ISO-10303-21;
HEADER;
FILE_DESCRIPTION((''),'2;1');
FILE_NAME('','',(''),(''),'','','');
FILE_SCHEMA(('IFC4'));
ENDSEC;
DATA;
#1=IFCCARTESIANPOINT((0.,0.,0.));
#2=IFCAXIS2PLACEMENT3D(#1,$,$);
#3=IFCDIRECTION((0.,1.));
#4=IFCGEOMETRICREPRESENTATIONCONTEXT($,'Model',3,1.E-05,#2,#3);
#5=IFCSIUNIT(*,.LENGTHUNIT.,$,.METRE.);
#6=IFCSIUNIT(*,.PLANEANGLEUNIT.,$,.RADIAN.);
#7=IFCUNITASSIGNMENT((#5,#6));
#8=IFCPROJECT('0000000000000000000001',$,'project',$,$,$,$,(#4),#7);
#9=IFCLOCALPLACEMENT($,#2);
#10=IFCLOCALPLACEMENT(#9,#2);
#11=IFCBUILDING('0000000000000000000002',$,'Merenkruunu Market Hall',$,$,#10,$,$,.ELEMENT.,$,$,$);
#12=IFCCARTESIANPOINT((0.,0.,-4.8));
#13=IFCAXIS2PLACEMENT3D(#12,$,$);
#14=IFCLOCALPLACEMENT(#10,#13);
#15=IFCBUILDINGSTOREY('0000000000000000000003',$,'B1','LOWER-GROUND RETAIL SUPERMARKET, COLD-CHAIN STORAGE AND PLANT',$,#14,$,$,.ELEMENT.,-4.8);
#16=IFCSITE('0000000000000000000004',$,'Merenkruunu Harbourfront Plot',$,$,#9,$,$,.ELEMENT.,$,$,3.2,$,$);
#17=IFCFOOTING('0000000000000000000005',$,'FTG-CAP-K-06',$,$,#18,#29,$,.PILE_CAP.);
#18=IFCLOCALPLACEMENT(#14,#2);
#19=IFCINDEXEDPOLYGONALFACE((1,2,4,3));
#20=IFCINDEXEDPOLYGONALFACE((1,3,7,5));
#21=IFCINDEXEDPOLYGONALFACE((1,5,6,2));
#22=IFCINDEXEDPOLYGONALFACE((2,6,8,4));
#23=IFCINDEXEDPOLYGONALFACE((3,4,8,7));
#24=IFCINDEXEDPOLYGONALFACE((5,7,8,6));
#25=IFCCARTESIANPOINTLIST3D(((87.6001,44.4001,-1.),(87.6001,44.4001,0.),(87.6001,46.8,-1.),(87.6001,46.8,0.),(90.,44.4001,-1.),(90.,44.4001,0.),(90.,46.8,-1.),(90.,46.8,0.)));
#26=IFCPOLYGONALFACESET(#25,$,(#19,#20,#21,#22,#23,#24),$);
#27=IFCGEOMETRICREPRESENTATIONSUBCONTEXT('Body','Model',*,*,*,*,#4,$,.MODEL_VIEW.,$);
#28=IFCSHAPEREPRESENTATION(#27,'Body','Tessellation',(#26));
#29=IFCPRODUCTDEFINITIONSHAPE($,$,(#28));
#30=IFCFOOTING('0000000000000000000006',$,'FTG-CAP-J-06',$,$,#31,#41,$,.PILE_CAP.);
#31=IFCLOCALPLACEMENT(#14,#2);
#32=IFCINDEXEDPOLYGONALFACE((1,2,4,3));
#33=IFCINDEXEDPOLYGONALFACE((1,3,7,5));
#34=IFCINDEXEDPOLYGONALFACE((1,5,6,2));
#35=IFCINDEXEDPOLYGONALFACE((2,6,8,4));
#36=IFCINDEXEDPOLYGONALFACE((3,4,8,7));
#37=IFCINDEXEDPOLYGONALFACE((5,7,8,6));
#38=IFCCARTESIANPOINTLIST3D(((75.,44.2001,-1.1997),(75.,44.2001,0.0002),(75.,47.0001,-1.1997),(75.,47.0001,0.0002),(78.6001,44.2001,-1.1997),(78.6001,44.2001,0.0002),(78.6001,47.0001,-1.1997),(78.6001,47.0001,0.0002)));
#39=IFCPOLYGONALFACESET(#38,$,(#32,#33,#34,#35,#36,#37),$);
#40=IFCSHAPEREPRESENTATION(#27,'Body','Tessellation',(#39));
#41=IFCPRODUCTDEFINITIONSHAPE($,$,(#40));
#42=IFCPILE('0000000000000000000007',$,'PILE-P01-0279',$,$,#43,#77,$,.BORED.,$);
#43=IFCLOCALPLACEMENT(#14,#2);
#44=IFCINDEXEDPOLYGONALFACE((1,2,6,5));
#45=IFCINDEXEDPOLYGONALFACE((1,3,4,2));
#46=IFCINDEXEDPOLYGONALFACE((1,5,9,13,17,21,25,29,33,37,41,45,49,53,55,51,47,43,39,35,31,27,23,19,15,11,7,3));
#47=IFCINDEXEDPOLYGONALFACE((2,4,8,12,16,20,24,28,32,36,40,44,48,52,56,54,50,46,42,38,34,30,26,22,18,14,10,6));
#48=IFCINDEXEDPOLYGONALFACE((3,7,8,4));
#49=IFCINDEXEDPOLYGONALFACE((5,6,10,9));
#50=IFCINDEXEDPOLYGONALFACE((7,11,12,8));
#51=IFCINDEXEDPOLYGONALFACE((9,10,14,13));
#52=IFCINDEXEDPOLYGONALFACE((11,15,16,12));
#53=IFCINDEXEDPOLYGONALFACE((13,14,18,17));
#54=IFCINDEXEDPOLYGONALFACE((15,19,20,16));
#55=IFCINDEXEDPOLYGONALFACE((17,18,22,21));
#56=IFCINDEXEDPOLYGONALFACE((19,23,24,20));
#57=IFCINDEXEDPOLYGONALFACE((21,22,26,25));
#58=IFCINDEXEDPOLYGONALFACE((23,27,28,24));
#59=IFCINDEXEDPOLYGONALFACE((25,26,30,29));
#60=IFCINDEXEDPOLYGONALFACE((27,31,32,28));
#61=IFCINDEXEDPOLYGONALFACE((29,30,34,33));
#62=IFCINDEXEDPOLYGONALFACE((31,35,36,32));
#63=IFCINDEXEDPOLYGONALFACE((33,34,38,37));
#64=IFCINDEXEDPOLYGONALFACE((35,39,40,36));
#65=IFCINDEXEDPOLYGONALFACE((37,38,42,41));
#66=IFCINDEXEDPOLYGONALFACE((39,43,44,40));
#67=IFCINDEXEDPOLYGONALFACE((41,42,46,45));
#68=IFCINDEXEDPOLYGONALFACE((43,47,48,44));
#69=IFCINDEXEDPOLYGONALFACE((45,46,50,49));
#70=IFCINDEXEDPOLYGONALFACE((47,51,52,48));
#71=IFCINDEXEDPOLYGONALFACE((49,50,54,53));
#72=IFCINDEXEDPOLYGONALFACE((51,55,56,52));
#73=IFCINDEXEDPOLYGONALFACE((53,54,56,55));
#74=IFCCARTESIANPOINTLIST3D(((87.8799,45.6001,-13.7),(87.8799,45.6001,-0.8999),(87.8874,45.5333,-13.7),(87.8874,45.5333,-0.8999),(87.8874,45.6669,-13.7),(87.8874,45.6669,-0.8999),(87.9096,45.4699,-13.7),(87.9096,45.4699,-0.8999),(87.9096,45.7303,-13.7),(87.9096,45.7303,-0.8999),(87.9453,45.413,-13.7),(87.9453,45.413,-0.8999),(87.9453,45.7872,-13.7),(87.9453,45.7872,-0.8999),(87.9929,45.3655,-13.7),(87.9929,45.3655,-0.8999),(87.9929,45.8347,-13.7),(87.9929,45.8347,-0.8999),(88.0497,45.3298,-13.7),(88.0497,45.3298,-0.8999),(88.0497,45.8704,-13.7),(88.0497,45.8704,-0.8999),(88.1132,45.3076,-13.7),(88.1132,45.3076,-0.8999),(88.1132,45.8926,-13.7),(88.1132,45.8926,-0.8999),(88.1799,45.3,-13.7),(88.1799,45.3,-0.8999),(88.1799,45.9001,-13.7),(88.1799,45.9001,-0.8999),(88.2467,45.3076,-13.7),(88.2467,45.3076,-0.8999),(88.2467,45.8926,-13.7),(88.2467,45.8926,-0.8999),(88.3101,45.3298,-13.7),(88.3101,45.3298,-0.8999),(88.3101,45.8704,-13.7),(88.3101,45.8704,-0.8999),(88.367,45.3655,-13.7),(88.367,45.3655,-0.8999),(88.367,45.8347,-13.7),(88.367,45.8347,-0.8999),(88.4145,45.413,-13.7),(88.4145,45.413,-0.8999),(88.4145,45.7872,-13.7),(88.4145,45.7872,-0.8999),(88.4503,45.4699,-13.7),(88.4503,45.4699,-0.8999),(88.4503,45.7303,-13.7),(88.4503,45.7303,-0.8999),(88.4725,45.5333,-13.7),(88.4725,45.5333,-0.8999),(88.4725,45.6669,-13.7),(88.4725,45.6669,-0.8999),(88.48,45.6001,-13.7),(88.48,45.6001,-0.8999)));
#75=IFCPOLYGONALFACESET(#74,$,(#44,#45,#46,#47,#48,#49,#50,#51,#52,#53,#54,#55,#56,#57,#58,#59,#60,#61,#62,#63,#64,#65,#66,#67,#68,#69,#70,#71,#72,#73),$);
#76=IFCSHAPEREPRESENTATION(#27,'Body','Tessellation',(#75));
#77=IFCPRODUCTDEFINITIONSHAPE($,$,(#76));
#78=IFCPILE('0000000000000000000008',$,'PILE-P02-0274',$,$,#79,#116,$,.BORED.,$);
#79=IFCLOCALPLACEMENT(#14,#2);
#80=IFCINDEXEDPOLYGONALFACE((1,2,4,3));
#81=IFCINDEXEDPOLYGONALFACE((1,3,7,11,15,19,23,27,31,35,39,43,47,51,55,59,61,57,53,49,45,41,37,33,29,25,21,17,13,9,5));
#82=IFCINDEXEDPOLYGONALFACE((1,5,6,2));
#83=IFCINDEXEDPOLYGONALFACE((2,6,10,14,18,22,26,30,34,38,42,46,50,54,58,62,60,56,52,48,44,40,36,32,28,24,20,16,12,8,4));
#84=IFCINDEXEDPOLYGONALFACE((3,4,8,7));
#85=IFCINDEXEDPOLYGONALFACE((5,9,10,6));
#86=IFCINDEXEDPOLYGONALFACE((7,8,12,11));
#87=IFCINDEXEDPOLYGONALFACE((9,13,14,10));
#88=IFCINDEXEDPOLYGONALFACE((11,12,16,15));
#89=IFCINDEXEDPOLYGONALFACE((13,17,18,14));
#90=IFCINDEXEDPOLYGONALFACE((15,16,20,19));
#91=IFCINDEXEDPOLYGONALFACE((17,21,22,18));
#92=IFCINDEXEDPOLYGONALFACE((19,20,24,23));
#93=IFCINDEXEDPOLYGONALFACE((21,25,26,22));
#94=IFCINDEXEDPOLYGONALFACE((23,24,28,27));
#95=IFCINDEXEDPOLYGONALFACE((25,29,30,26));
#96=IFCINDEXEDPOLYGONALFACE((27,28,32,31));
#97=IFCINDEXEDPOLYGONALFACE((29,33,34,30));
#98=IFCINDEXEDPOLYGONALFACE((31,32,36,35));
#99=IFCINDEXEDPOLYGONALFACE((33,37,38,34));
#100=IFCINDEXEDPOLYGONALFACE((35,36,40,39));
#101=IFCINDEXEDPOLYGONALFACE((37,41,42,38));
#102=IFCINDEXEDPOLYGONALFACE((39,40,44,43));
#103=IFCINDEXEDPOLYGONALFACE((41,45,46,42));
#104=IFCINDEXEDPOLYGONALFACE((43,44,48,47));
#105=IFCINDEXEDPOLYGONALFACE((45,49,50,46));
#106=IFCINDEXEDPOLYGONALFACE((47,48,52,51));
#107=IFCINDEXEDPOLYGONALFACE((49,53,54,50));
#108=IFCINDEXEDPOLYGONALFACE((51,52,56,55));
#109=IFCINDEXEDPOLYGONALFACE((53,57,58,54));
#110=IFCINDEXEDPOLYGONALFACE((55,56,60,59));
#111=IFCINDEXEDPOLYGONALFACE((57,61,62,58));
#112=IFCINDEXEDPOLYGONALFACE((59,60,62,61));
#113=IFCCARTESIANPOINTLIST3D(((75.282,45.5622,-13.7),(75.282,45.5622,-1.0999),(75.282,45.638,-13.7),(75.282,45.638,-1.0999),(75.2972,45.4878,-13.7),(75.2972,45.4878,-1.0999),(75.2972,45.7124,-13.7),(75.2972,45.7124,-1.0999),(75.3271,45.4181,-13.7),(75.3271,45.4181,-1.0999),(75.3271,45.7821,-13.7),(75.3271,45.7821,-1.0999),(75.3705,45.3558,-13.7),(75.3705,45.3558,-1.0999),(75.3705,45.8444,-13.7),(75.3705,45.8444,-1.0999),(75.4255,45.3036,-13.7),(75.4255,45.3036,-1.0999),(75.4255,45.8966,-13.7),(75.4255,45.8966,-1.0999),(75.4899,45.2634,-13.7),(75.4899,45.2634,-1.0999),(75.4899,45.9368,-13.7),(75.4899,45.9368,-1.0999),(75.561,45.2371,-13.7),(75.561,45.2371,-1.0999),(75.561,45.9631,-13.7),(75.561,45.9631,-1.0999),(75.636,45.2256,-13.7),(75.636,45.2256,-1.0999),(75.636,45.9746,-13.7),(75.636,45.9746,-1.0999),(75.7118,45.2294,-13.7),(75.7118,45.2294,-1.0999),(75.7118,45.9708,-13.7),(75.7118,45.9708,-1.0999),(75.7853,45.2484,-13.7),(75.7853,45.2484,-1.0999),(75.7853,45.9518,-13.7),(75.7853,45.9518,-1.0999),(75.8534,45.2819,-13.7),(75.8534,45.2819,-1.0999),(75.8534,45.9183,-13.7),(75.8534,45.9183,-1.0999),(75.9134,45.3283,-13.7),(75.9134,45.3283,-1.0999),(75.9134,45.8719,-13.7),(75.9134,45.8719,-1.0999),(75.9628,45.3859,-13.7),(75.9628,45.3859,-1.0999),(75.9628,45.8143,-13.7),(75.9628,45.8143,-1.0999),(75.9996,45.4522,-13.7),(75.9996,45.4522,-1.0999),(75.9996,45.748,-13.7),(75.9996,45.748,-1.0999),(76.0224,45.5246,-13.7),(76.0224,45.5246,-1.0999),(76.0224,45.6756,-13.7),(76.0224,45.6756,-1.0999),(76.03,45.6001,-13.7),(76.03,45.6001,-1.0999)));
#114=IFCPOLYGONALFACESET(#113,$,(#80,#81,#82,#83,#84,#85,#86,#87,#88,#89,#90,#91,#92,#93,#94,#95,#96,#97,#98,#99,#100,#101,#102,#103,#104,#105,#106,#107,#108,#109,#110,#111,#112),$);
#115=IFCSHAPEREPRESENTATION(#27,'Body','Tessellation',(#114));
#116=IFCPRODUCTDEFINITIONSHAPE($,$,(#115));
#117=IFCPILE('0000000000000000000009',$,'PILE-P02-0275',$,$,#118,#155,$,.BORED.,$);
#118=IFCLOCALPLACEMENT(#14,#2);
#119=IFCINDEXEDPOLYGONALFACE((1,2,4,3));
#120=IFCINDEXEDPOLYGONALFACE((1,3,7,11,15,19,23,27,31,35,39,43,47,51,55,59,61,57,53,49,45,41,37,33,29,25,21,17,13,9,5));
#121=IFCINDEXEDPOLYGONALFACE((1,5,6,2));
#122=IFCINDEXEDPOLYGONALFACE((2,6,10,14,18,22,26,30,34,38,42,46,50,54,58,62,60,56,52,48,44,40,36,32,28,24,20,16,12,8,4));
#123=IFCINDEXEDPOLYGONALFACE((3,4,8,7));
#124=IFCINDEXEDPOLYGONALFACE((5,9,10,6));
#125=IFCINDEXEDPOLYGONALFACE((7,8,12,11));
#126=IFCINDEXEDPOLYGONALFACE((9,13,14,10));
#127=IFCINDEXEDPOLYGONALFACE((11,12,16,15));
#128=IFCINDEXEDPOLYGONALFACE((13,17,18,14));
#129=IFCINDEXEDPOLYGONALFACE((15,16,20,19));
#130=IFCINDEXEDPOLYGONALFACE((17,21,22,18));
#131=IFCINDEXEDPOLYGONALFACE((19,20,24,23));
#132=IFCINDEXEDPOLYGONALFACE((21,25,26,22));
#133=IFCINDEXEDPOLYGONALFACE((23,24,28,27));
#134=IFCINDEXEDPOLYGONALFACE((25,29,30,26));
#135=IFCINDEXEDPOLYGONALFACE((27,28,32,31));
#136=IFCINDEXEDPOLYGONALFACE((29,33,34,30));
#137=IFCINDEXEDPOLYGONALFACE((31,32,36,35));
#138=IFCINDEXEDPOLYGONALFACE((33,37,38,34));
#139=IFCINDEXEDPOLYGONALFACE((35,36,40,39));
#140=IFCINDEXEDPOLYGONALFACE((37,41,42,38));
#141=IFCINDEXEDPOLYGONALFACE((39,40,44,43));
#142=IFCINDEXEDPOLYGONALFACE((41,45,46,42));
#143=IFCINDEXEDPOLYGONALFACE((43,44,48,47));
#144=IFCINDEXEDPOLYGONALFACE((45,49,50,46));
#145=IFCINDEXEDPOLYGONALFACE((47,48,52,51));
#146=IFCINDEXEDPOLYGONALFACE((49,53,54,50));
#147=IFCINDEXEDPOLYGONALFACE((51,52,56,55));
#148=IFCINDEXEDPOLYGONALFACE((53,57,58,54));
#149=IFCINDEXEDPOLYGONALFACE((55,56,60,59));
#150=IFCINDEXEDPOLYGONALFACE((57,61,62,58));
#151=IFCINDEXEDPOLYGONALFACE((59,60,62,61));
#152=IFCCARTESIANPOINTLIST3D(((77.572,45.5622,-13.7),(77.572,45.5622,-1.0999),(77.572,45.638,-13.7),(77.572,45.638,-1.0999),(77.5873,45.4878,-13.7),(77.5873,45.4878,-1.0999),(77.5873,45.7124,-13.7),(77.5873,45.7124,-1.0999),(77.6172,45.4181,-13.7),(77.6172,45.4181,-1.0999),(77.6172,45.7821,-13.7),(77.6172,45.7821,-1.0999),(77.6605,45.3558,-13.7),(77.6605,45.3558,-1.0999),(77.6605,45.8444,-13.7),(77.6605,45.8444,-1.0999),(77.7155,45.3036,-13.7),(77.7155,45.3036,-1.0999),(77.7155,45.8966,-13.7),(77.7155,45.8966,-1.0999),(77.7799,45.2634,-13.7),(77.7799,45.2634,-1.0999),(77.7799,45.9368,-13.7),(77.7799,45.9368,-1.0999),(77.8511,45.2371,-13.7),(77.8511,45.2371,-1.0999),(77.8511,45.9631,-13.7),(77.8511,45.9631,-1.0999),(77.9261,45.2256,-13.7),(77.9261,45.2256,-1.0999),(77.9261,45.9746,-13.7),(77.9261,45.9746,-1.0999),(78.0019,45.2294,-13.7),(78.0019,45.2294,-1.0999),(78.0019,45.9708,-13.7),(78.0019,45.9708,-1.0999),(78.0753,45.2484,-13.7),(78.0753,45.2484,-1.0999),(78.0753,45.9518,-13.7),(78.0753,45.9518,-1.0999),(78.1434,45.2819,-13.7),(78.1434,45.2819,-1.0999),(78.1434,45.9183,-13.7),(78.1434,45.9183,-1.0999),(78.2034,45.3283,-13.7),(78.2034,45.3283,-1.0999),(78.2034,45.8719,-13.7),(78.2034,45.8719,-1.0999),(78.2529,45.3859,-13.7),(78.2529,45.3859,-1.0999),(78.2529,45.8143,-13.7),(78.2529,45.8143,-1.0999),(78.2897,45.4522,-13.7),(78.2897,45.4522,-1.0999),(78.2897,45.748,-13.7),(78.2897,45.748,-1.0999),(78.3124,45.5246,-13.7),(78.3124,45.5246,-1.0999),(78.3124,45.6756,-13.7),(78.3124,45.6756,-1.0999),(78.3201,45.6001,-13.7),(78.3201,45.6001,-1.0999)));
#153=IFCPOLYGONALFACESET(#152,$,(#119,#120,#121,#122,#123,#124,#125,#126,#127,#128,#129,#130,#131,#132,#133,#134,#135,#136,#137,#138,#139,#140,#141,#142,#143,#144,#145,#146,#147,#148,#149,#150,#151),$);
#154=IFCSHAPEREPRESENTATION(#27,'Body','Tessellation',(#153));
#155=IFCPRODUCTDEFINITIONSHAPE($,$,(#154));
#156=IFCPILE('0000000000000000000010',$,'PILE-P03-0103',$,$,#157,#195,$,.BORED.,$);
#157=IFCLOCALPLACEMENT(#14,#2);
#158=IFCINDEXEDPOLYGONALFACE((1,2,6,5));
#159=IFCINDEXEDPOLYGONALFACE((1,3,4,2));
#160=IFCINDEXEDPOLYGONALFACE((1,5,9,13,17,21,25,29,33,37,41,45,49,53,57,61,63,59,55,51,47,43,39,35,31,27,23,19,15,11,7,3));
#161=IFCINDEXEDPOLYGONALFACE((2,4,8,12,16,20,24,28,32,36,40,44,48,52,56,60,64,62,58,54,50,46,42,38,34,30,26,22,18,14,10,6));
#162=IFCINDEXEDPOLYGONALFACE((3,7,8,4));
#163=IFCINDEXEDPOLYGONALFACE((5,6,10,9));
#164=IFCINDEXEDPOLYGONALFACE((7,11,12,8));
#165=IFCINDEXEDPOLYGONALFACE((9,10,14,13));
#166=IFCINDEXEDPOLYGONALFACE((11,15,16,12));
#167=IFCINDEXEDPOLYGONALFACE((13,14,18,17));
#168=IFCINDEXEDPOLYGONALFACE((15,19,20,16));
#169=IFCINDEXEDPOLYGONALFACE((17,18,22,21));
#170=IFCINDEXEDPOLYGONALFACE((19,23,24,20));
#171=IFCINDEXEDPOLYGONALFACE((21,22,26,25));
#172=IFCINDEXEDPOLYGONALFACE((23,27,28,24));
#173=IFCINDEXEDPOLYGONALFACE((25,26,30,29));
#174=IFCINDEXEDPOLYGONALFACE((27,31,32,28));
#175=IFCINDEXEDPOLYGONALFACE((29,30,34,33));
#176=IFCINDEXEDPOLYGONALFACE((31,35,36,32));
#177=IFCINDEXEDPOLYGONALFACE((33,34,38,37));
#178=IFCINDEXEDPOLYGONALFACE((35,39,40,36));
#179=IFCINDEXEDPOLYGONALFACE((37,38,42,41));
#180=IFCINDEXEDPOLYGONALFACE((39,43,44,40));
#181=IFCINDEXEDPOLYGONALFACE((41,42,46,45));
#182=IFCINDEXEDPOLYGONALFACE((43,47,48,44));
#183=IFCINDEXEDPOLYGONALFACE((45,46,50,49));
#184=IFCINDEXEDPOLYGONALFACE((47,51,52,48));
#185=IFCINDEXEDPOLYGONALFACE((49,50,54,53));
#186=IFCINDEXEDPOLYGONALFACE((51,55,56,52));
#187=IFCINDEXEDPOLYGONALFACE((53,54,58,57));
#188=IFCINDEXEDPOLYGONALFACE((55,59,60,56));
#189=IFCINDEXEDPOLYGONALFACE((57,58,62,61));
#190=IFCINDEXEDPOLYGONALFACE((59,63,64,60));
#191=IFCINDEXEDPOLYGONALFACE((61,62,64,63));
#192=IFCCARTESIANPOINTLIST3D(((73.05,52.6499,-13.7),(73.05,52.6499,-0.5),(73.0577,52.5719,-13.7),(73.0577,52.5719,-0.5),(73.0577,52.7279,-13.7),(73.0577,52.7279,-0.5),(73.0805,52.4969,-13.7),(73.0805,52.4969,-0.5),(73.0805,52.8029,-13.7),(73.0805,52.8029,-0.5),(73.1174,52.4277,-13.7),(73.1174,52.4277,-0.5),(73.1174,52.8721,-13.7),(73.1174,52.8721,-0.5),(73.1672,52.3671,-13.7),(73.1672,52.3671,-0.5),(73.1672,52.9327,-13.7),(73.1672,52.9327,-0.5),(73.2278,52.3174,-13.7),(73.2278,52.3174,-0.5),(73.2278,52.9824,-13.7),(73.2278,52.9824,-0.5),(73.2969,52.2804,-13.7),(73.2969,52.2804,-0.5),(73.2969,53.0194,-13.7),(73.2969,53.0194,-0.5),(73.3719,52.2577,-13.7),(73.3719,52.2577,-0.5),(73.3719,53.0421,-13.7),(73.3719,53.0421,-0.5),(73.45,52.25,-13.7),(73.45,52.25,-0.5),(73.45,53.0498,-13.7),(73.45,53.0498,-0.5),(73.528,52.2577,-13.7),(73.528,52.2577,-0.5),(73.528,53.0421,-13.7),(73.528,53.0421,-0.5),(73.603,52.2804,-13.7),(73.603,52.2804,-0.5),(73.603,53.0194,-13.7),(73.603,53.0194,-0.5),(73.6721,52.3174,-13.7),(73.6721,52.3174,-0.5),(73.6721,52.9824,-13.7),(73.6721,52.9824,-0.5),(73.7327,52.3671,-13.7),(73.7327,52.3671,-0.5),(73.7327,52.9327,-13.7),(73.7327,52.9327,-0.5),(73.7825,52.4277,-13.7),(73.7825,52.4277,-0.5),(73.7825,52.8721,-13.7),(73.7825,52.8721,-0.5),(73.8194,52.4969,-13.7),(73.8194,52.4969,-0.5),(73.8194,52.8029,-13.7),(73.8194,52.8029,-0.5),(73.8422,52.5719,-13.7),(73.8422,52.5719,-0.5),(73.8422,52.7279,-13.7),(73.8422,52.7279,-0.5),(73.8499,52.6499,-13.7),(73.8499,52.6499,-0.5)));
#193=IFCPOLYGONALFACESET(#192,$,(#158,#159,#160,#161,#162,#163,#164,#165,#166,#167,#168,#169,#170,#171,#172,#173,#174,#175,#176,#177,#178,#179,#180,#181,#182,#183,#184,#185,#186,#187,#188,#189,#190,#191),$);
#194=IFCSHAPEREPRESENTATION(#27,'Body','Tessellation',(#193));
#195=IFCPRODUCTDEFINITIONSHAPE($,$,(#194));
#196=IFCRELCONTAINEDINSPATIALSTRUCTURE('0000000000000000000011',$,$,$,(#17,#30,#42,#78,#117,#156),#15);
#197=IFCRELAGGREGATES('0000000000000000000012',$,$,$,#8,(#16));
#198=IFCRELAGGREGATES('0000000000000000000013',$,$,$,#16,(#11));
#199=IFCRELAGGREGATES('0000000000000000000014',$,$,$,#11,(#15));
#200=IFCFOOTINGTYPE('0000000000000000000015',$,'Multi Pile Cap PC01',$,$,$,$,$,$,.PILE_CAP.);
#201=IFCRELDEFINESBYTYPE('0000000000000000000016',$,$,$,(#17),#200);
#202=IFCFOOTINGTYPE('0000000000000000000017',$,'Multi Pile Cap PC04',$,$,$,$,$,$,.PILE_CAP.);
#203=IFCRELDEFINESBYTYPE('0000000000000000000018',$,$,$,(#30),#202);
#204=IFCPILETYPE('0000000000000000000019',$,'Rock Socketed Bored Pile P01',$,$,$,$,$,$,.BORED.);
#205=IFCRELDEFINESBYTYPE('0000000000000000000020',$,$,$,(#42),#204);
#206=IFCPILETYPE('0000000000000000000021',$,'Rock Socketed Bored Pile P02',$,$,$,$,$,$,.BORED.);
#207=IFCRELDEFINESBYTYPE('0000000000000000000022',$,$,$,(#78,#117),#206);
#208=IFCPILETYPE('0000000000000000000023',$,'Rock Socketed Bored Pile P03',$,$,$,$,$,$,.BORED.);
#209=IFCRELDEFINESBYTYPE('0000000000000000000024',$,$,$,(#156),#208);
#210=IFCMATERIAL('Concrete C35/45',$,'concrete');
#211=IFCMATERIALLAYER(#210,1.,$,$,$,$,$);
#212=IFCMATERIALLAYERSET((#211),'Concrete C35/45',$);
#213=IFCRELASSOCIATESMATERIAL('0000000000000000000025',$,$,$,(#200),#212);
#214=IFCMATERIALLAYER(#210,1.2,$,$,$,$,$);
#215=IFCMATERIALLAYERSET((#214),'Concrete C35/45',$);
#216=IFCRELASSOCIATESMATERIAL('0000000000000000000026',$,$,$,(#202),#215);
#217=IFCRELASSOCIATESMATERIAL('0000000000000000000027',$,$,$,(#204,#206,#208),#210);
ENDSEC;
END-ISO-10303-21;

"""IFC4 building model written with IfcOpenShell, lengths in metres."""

from ifc_helpers import new_model, si_unit, direction, frame, origin, origin_2d, place, context, subcontext, project, spatial, rectangle, circle, extrude, material, layer, layer_set, material_profile, profile_set, type_object, element, save


model = new_model("IFC4")

# Units and contexts
model_context = context("Model", 3, precision=1e-05, world=origin(), true_north=direction((0.0, 1.0)))
body_context = subcontext(model_context, "Body", "Model", "MODEL_VIEW")
ifc_project = project(units=[si_unit("LENGTHUNIT", "METRE"), si_unit("PLANEANGLEUNIT", "RADIAN")], contexts=[model_context])

# Site, building, storey
site_placement = place(None, origin())
site = spatial("IfcSite", under=ifc_project, at=site_placement, Name="Merenkruunu Harbourfront Plot", CompositionType="ELEMENT", RefElevation=3.2)
building_placement = place(site_placement, origin())
building = spatial("IfcBuilding", under=site, at=building_placement, Name="Merenkruunu Market Hall", CompositionType="ELEMENT")
storey_placement = place(building_placement, frame((0.0, 0.0, -4.8)))
storey = spatial("IfcBuildingStorey", under=building, at=storey_placement, Name="B1", Description="LOWER-GROUND RETAIL SUPERMARKET, COLD-CHAIN STORAGE AND PLANT", CompositionType="ELEMENT", Elevation=-4.8)

# Footings
ifc_material_1 = material(Name="Concrete C35/45", Category="concrete")
ifc_layer_1 = layer(ifc_material_1, 1.0)
ifc_layer_set_1 = layer_set([ifc_layer_1], Name="Concrete C35/45")
footing_type_1 = type_object("IfcFootingType", Name="Multi Pile Cap PC01", PredefinedType="PILE_CAP", material=ifc_layer_set_1)
footing_1_placement = place(storey_placement, frame((88.8, 45.6001, -1.0), z_axis=(0.0, 0.0, 1.0), x_axis=(1.0, 0.0, 0.0)))
element("IfcFooting", 1, at=footing_1_placement, inside=storey, type_object=footing_type_1, Name="FTG-CAP-K-06", PredefinedType="PILE_CAP", context=body_context, shape_type="SweptSolid", body=[
    extrude(rectangle(XDim=2.3999, YDim=2.3999, at=origin_2d()), origin(), (0.0, 0.0, 1.0), 1.0),
])
ifc_layer_2 = layer(ifc_material_1, 1.2)
ifc_layer_set_2 = layer_set([ifc_layer_2], Name="Concrete C35/45")
footing_type_2 = type_object("IfcFootingType", Name="Multi Pile Cap PC04", PredefinedType="PILE_CAP", material=ifc_layer_set_2)
footing_2_placement = place(storey_placement, frame((76.8, 45.6001, -1.1997), z_axis=(0.0, 0.0, 1.0), x_axis=(1.0, 0.0, 0.0)))
element("IfcFooting", 2, at=footing_2_placement, inside=storey, type_object=footing_type_2, Name="FTG-CAP-J-06", PredefinedType="PILE_CAP", context=body_context, shape_type="SweptSolid", body=[
    extrude(rectangle(XDim=3.6001, YDim=2.8, at=origin_2d()), origin(), (0.0, 0.0, 1.0), 1.2),
])

# Piles
ifc_material_profile_1 = material_profile(ifc_material_1, circle(Radius=0.3, at=origin_2d()), Name="BORED PILE 600")
ifc_profile_set_1 = profile_set([ifc_material_profile_1], Name="Concrete C35/45")
pile_type_1 = type_object("IfcPileType", Name="Rock Socketed Bored Pile P01", PredefinedType="BORED", material=ifc_profile_set_1)
pile_1_placement = place(storey_placement, frame((88.1799, 45.6001, -0.8999), z_axis=(0.0, 0.0, -1.0), x_axis=(1.0, 0.0, 0.0)))
element("IfcPile", 3, at=pile_1_placement, inside=storey, type_object=pile_type_1, Name="PILE-P01-0279", PredefinedType="BORED", context=body_context, shape_type="SweptSolid", body=[
    extrude(circle(Radius=0.3, at=origin_2d()), origin(), (0.0, 0.0, 1.0), 12.8),
])
ifc_material_profile_2 = material_profile(ifc_material_1, circle(Radius=0.375, at=origin_2d()), Name="BORED PILE 750")
ifc_profile_set_2 = profile_set([ifc_material_profile_2], Name="Concrete C35/45")
pile_type_2 = type_object("IfcPileType", Name="Rock Socketed Bored Pile P02", PredefinedType="BORED", material=ifc_profile_set_2)
for number, where, z_axis, x_axis, name in (
    (4, (75.655, 45.6001, -1.0999), (0.0, 0.0, -1.0), (1.0, 0.0, 0.0), "PILE-P02-0274"),
    (5, (77.9451, 45.6001, -1.0999), (0.0, 0.0, -1.0), (1.0, 0.0, 0.0), "PILE-P02-0275"),
):
    element("IfcPile", number, at=place(storey_placement, frame(where, z_axis=z_axis, x_axis=x_axis)), inside=storey, type_object=pile_type_2, Name=name, PredefinedType="BORED", context=body_context, shape_type="SweptSolid", body=[
        extrude(circle(Radius=0.375, at=origin_2d()), origin(), (0.0, 0.0, 1.0), 12.6001),
    ])
ifc_material_profile_3 = material_profile(ifc_material_1, circle(Radius=0.3999, at=origin_2d()), Name="BORED PILE 800")
ifc_profile_set_3 = profile_set([ifc_material_profile_3], Name="Concrete C35/45")
pile_type_3 = type_object("IfcPileType", Name="Rock Socketed Bored Pile P03", PredefinedType="BORED", material=ifc_profile_set_3)
for number, where, z_axis, x_axis, name in (
    (6, (73.45, 52.6499, -0.5), (0.0, 0.0, -1.0), (1.0, 0.0, 0.0), "PILE-P03-0103"),
):
    element("IfcPile", number, at=place(storey_placement, frame(where, z_axis=z_axis, x_axis=x_axis)), inside=storey, type_object=pile_type_3, Name=name, PredefinedType="BORED", context=body_context, shape_type="SweptSolid", body=[
        extrude(circle(Radius=0.3999, at=origin_2d()), origin(), (0.0, 0.0, 1.0), 13.2),
    ])

save(model, "model.ifc")
